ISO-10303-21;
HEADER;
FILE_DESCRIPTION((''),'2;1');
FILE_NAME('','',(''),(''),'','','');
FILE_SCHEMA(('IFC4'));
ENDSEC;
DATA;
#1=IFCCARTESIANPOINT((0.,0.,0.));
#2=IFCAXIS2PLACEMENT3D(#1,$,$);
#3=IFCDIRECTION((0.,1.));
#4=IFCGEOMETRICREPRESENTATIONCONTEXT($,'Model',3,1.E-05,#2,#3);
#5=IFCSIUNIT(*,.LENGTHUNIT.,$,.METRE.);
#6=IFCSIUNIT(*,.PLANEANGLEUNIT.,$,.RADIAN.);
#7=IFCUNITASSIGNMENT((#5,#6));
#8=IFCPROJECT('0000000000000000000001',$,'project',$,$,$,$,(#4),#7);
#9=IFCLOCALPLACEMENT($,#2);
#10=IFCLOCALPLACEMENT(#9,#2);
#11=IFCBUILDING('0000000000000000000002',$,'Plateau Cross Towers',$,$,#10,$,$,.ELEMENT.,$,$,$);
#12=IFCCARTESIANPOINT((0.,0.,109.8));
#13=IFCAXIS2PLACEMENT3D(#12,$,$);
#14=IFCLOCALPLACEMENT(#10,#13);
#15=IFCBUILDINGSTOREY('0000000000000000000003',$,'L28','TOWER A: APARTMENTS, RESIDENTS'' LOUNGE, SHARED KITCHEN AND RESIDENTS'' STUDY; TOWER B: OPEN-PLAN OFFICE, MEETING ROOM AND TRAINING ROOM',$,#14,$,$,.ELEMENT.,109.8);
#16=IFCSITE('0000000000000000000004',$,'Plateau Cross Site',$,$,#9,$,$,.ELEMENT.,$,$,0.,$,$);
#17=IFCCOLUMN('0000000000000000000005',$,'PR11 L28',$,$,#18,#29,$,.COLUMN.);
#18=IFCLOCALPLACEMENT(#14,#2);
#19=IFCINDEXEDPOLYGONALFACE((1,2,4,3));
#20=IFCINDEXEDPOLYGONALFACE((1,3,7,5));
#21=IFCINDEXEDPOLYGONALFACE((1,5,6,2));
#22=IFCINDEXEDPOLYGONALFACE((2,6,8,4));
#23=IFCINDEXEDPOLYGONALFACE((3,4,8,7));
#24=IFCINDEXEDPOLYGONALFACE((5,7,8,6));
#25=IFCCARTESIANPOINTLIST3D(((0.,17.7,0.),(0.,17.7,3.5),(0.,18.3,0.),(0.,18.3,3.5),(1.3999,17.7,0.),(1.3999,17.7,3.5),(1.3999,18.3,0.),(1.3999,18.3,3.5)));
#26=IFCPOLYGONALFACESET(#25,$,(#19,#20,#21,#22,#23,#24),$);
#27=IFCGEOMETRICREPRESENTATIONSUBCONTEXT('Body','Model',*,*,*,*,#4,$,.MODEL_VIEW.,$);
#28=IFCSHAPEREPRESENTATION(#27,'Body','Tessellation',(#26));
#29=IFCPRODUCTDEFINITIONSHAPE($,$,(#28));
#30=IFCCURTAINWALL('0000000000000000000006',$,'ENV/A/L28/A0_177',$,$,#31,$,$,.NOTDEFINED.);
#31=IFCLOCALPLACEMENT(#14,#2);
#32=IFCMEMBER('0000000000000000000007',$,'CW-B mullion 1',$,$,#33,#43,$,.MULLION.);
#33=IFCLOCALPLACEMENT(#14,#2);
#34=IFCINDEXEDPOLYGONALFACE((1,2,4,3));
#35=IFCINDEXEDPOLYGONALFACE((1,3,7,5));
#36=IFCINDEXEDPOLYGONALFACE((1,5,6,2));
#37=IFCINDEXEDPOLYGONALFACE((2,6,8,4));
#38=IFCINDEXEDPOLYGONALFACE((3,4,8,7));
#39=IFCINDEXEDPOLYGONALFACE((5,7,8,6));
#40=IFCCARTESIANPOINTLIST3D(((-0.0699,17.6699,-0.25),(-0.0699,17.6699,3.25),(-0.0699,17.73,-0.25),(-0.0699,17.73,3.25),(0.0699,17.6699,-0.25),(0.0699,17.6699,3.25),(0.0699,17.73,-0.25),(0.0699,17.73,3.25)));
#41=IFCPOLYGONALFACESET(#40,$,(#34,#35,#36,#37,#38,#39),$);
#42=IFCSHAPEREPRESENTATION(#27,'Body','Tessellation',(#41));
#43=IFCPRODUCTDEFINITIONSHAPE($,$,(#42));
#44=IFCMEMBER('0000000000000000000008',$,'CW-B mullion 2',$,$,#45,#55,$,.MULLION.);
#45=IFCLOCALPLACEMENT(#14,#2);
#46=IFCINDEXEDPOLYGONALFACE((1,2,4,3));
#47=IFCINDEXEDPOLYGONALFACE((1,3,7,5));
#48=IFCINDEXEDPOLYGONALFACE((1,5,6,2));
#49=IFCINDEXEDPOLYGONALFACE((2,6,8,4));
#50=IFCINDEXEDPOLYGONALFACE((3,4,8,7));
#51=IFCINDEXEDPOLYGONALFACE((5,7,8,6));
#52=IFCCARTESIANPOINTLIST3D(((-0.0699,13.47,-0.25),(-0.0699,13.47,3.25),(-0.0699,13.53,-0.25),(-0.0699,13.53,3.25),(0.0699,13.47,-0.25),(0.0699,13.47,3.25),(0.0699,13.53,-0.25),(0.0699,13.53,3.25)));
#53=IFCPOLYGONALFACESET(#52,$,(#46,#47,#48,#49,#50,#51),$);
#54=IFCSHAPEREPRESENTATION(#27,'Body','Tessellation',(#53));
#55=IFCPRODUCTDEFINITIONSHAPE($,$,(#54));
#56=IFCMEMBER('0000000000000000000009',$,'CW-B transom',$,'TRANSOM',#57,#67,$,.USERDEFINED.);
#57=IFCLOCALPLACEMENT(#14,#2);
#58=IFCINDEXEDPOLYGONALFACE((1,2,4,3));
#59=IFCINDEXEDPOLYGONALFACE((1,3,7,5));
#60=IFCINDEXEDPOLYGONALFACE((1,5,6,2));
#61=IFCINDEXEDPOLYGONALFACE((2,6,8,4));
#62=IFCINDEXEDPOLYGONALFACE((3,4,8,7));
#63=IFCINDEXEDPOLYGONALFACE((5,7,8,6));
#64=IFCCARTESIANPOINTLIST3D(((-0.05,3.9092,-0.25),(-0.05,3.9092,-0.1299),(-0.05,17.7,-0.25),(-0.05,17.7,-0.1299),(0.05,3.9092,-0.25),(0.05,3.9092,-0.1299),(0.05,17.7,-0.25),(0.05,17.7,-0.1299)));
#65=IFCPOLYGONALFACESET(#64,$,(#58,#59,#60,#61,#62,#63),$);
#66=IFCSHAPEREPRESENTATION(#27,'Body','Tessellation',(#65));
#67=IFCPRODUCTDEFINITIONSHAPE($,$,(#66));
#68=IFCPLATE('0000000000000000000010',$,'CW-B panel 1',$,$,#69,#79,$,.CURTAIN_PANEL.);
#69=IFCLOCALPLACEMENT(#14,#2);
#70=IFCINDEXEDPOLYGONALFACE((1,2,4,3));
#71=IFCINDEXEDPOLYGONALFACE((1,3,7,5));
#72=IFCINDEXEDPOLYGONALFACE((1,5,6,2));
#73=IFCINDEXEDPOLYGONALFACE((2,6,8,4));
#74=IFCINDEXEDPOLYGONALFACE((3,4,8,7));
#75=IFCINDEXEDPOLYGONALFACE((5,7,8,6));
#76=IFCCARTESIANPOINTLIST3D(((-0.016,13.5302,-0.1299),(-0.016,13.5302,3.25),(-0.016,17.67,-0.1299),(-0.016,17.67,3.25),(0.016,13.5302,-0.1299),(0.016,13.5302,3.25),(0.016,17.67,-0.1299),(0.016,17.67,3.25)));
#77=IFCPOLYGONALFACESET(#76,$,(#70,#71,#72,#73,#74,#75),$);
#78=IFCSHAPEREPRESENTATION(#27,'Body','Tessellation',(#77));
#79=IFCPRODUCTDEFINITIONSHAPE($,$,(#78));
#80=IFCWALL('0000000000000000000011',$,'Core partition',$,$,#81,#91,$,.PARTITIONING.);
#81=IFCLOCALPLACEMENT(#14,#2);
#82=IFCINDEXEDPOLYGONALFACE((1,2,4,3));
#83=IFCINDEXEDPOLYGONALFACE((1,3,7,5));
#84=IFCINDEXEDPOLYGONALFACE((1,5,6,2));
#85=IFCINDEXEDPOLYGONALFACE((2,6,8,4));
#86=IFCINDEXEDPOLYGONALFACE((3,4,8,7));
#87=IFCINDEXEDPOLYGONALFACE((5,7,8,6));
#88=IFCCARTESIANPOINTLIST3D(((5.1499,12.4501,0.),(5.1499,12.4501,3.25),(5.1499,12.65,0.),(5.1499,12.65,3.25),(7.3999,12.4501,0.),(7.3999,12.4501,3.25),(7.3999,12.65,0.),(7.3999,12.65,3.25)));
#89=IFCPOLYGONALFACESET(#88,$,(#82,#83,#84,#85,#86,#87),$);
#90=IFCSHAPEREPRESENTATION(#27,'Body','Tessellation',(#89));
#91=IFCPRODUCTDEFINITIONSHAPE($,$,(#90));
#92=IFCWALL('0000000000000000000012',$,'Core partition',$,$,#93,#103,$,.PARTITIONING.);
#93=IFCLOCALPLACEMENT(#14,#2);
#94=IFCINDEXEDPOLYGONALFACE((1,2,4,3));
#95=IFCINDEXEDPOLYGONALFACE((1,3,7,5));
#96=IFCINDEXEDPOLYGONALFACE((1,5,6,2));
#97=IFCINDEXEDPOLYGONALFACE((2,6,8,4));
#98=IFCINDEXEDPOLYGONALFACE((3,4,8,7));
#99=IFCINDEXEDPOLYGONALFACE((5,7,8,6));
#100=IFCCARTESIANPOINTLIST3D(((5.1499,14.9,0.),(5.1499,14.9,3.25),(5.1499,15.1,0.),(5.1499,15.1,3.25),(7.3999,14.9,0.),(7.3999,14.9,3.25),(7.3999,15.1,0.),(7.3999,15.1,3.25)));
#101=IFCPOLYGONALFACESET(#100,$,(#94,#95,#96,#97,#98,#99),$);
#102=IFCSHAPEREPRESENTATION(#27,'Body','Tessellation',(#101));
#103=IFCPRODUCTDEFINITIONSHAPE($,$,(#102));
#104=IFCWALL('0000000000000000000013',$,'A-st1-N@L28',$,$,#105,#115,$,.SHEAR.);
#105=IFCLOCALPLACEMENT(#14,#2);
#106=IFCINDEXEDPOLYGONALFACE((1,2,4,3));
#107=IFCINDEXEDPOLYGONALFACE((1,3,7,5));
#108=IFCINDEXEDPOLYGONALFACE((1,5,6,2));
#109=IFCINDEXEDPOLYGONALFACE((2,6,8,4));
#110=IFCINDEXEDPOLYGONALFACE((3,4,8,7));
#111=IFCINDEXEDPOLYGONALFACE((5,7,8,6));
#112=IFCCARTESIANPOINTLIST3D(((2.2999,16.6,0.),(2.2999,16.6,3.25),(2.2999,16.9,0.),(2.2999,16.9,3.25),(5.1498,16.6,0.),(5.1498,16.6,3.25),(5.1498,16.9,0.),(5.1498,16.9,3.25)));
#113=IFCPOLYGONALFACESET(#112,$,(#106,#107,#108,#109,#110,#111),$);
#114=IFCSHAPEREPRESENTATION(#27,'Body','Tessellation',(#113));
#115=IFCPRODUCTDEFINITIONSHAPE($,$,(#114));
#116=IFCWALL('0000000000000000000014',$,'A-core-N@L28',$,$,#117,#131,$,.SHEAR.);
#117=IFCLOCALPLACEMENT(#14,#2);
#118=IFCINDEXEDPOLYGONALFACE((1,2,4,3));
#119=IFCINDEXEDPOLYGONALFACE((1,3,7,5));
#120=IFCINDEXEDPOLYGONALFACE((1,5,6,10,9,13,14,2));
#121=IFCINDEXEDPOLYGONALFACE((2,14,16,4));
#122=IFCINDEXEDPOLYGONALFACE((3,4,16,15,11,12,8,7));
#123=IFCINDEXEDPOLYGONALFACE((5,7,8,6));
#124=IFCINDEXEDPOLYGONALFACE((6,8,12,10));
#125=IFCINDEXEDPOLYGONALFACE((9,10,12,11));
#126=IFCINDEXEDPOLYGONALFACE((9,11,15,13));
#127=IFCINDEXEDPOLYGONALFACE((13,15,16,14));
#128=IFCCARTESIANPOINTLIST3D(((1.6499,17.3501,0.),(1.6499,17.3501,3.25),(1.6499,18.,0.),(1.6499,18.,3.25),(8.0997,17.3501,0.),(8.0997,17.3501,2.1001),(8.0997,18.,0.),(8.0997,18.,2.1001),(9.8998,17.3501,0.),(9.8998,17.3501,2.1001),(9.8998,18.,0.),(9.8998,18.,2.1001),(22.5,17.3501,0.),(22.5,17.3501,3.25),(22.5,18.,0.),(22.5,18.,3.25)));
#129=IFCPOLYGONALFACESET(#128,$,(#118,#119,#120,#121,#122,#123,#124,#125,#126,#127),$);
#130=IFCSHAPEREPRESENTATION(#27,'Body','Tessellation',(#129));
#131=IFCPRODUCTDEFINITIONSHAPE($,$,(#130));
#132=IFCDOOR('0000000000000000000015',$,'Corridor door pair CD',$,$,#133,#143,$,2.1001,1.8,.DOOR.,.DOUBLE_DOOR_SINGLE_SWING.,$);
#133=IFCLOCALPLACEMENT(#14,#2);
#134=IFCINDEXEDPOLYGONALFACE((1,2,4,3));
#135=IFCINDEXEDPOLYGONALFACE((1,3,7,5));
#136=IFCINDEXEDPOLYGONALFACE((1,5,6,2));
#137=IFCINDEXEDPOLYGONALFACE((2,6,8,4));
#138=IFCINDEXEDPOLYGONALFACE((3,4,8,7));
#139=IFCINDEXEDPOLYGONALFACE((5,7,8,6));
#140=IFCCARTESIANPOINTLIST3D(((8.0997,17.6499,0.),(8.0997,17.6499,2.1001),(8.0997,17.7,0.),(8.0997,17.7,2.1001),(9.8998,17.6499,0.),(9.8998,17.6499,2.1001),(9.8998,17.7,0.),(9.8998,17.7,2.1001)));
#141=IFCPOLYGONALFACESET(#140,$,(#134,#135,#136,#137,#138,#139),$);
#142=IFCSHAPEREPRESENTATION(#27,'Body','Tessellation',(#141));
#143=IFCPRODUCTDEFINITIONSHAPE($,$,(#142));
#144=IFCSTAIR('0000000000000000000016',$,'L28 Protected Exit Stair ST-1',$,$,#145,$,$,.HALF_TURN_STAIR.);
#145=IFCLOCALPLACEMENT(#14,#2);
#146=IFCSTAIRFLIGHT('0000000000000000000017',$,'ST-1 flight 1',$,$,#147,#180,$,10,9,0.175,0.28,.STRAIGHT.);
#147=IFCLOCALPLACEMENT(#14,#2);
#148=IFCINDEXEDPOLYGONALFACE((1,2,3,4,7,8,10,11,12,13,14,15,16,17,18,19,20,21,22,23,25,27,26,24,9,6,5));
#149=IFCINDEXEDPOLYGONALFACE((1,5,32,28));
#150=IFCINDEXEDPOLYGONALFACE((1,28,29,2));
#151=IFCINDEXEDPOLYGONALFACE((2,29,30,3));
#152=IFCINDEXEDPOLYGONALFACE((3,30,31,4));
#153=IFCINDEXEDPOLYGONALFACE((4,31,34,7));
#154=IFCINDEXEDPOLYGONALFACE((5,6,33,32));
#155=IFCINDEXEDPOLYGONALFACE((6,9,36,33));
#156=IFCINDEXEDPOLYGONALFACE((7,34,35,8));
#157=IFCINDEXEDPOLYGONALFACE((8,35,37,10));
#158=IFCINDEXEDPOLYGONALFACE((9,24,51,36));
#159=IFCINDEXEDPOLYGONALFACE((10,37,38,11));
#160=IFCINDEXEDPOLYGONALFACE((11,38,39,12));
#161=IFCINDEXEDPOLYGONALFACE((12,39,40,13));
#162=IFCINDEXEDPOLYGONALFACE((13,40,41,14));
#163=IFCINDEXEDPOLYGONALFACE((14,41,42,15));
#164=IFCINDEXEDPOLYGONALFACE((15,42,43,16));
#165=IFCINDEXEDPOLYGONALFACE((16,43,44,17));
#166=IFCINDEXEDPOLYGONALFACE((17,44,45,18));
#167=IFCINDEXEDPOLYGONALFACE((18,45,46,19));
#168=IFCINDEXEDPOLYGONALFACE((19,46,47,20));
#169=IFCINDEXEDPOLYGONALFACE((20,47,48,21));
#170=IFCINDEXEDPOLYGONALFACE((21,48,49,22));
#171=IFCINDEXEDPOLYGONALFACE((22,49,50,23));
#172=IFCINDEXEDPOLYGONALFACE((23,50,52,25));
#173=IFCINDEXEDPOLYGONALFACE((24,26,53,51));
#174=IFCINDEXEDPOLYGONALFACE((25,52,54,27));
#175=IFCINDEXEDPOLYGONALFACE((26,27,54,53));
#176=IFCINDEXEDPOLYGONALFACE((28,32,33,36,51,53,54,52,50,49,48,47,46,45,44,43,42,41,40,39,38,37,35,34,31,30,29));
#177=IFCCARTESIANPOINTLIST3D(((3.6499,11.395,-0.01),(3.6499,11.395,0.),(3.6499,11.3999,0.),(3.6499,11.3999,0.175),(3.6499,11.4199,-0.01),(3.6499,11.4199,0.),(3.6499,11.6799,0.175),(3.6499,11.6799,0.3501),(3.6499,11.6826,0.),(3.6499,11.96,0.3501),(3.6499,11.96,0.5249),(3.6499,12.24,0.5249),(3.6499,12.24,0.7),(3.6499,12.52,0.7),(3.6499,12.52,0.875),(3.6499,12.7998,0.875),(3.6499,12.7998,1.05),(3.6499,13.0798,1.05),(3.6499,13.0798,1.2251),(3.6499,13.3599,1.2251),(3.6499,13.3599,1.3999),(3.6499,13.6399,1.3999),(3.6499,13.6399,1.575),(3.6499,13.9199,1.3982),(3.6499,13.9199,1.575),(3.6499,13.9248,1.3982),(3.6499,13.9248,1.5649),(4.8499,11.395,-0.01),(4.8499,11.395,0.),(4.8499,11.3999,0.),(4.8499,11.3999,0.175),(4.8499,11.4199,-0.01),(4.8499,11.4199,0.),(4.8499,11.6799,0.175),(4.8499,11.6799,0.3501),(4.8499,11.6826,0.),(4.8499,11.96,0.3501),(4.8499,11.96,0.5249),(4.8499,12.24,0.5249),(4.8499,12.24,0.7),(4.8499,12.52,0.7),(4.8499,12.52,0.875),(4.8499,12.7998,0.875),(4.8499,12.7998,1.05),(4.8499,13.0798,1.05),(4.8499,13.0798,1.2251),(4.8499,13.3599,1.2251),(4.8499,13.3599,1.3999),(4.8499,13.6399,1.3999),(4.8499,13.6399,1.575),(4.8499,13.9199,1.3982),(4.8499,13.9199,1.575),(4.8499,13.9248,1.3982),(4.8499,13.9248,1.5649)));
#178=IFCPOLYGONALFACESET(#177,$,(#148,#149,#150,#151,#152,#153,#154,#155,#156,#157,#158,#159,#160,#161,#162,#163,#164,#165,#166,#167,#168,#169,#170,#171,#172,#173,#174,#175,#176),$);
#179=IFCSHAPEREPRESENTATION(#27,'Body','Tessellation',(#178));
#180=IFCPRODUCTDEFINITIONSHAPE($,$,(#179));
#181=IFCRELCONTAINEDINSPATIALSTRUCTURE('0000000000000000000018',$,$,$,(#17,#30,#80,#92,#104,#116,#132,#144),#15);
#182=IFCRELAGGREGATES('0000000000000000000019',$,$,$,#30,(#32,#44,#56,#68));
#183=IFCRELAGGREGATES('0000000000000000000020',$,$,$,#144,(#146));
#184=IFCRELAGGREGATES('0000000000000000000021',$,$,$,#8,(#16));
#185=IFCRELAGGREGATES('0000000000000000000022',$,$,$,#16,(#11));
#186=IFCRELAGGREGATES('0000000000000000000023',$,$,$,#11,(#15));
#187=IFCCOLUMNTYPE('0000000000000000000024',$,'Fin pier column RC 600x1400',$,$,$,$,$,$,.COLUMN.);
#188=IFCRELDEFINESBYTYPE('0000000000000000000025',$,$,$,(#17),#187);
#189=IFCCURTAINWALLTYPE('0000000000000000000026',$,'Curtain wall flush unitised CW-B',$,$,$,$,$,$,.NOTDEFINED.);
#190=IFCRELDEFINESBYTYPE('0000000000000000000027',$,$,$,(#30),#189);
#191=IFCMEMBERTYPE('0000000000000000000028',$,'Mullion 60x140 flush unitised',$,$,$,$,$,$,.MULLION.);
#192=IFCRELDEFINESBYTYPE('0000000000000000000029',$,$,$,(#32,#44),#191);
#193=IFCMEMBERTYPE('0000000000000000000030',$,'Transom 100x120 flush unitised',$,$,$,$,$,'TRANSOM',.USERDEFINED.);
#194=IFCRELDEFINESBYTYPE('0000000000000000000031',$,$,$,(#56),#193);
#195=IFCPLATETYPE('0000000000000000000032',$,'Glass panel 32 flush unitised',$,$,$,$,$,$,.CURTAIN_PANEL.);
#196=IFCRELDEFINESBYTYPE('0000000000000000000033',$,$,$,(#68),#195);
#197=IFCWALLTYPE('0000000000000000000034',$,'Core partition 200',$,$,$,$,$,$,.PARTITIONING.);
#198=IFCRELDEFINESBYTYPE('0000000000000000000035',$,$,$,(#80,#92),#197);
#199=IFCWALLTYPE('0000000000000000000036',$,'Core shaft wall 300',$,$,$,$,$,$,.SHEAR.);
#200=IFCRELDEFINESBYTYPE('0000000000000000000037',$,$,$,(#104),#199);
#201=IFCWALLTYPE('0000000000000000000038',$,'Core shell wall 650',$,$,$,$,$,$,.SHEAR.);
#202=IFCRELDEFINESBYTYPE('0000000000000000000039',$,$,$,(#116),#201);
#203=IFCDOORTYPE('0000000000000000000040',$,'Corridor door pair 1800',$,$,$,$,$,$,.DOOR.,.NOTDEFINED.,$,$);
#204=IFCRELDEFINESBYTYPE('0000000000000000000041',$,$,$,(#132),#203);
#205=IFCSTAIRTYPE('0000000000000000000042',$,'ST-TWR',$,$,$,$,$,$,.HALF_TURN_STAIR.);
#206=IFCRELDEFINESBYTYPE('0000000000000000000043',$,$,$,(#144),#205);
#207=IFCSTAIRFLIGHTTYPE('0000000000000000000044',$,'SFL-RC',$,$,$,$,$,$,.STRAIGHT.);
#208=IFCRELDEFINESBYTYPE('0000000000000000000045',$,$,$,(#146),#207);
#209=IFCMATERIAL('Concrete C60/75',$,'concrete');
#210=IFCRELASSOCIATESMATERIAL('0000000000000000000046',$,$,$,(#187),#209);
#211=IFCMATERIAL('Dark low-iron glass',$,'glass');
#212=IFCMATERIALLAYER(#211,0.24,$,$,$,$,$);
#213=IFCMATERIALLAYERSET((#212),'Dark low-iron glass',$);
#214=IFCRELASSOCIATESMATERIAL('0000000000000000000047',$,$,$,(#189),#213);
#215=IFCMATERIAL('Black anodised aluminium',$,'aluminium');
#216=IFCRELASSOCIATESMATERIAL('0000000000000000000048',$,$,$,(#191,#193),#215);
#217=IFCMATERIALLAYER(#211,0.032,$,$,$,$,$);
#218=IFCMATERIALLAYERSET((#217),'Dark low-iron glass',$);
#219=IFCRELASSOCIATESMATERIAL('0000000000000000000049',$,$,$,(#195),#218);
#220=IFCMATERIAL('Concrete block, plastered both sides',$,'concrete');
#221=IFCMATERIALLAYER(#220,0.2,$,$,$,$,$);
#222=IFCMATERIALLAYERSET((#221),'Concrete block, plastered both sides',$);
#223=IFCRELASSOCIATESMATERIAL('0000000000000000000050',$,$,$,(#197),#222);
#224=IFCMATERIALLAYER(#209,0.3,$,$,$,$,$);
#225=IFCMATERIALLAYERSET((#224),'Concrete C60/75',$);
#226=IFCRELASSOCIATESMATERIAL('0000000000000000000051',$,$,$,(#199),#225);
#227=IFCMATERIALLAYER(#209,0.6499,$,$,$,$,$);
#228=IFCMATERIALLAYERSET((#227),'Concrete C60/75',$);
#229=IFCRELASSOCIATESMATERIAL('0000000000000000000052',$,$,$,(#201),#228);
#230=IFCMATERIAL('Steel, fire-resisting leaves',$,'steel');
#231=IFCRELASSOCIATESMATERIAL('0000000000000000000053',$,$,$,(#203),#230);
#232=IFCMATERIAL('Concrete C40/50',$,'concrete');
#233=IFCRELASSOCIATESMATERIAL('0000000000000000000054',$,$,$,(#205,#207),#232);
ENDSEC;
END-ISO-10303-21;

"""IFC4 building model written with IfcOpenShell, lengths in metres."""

from ifc_helpers import new_model, si_unit, direction, frame, frame_2d, origin, origin_2d, place, context, subcontext, project, spatial, polyline, rectangle, outline, extrude, material, layer, layer_set, material_profile, profile_set, type_object, element, fill, aggregate, save


model = new_model("IFC4")

# Units and contexts
model_context = context("Model", 3, precision=1e-05, world=origin(), true_north=direction((0.0, 1.0)))
body_context = subcontext(model_context, "Body", "Model", "MODEL_VIEW")
ifc_project = project(units=[si_unit("LENGTHUNIT", "METRE"), si_unit("PLANEANGLEUNIT", "RADIAN")], contexts=[model_context])

# Site, building, storey
site_placement = place(None, origin())
site = spatial("IfcSite", under=ifc_project, at=site_placement, Name="Plateau Cross Site", CompositionType="ELEMENT", RefElevation=0.0)
building_placement = place(site_placement, origin())
building = spatial("IfcBuilding", under=site, at=building_placement, Name="Plateau Cross Towers", CompositionType="ELEMENT")
storey_placement = place(building_placement, frame((0.0, 0.0, 109.8)))
storey = spatial("IfcBuildingStorey", under=building, at=storey_placement, Name="L28", Description="TOWER A: APARTMENTS, RESIDENTS' LOUNGE, SHARED KITCHEN AND RESIDENTS' STUDY; TOWER B: OPEN-PLAN OFFICE, MEETING ROOM AND TRAINING ROOM", CompositionType="ELEMENT", Elevation=109.8)

# Column
ifc_material_1 = material(Name="Concrete C60/75", Category="concrete")
ifc_material_profile_1 = material_profile(ifc_material_1, rectangle(XDim=0.6001, YDim=1.3999, at=origin_2d()), Name="RC 600x1400")
ifc_profile_set_1 = profile_set([ifc_material_profile_1], Name="Concrete C60/75")
column_type = type_object("IfcColumnType", Name="Fin pier column RC 600x1400", PredefinedType="COLUMN", material=ifc_profile_set_1)
column_placement = place(storey_placement, frame((0.7, 18.0, 0.0), z_axis=(0.0, 0.0, 1.0), x_axis=(0.0, 1.0, 0.0)))
element("IfcColumn", 1, at=column_placement, inside=storey, type_object=column_type, Name="PR11 L28", PredefinedType="COLUMN", context=body_context, shape_type="SweptSolid", body=[
    extrude(rectangle(XDim=0.6001, YDim=1.3999, at=origin_2d()), origin(), (0.0, 0.0, 1.0), 3.5),
])

# Curtain wall, members, plate
ifc_material_2 = material(Name="Dark low-iron glass", Category="glass")
ifc_layer_1 = layer(ifc_material_2, 0.24)
ifc_layer_set_1 = layer_set([ifc_layer_1], Name="Dark low-iron glass")
curtain_wall_type = type_object("IfcCurtainWallType", Name="Curtain wall flush unitised CW-B", PredefinedType="NOTDEFINED", material=ifc_layer_set_1)
curtain_wall_placement = place(storey_placement, origin())
curtain_wall = element("IfcCurtainWall", 2, at=curtain_wall_placement, inside=storey, type_object=curtain_wall_type, Name="ENV/A/L28/A0_177", PredefinedType="NOTDEFINED")
ifc_material_3 = material(Name="Black anodised aluminium", Category="aluminium")
ifc_material_profile_2 = material_profile(ifc_material_3, rectangle(XDim=0.0601, YDim=0.1399, at=origin_2d()), Name="MULLION 60x140")
ifc_profile_set_2 = profile_set([ifc_material_profile_2], Name="Black anodised aluminium")
member_type_1 = type_object("IfcMemberType", Name="Mullion 60x140 flush unitised", PredefinedType="MULLION", material=ifc_profile_set_2)
member_1_placement = place(storey_placement, frame((0.0, 17.7, -0.25), z_axis=(0.0, 0.0, 1.0), x_axis=(0.0, -1.0, 0.0)))
member_1 = element("IfcMember", 3, at=member_1_placement, type_object=member_type_1, Name="CW-B mullion 1", PredefinedType="MULLION", context=body_context, shape_type="SweptSolid", body=[
    extrude(rectangle(XDim=0.0601, YDim=0.1399, at=origin_2d()), origin(), (0.0, 0.0, 1.0), 3.5),
])
member_2_placement = place(storey_placement, frame((0.0, 13.5, -0.25), z_axis=(0.0, 0.0, 1.0), x_axis=(0.0, -1.0, 0.0)))
member_2 = element("IfcMember", 4, at=member_2_placement, type_object=member_type_1, Name="CW-B mullion 2", PredefinedType="MULLION", context=body_context, shape_type="SweptSolid", body=[
    extrude(rectangle(XDim=0.0601, YDim=0.1399, at=origin_2d()), origin(), (0.0, 0.0, 1.0), 3.5),
])
ifc_material_profile_3 = material_profile(ifc_material_3, rectangle(XDim=0.1001, YDim=0.1201, at=origin_2d()), Name="TRANSOM 100x120")
ifc_profile_set_3 = profile_set([ifc_material_profile_3], Name="Black anodised aluminium")
member_type_2 = type_object("IfcMemberType", Name="Transom 100x120 flush unitised", ElementType="TRANSOM", PredefinedType="USERDEFINED", material=ifc_profile_set_3)
member_3_placement = place(storey_placement, frame((0.0, 17.7, -0.1899), z_axis=(0.0, -1.0, 0.0), x_axis=(1.0, 0.0, 0.0)))
member_3 = element("IfcMember", 5, at=member_3_placement, type_object=member_type_2, Name="CW-B transom", ObjectType="TRANSOM", PredefinedType="USERDEFINED", context=body_context, shape_type="SweptSolid", body=[
    extrude(rectangle(XDim=0.1001, YDim=0.1201, at=origin_2d()), origin(), (0.0, 0.0, 1.0), 13.7908),
])
ifc_layer_2 = layer(ifc_material_2, 0.032)
ifc_layer_set_2 = layer_set([ifc_layer_2], Name="Dark low-iron glass")
plate_type = type_object("IfcPlateType", Name="Glass panel 32 flush unitised", PredefinedType="CURTAIN_PANEL", material=ifc_layer_set_2)
plate_placement = place(storey_placement, frame((0.0, 15.6001, -0.1299), z_axis=(0.0, 0.0, 1.0), x_axis=(0.0, -1.0, 0.0)))
plate = element("IfcPlate", 6, at=plate_placement, type_object=plate_type, Name="CW-B panel 1", PredefinedType="CURTAIN_PANEL", context=body_context, shape_type="SweptSolid", body=[
    extrude(rectangle(XDim=4.1399, YDim=0.032, at=origin_2d()), origin(), (0.0, 0.0, 1.0), 3.3799),
])
aggregate(curtain_wall, [member_1, member_2, member_3, plate])

# Walls
ifc_material_4 = material(Name="Concrete block, plastered both sides", Category="concrete")
ifc_layer_3 = layer(ifc_material_4, 0.2)
ifc_layer_set_3 = layer_set([ifc_layer_3], Name="Concrete block, plastered both sides")
wall_type_1 = type_object("IfcWallType", Name="Core partition 200", PredefinedType="PARTITIONING", material=ifc_layer_set_3)
for number, where, z_axis, x_axis, name in (
    (7, (5.1499, 12.55, 0.0), (0.0, 0.0, 1.0), (1.0, 0.0, 0.0), "Core partition"),
    (8, (5.1499, 15.0, 0.0), (0.0, 0.0, 1.0), (1.0, 0.0, 0.0), "Core partition"),
):
    element("IfcWall", number, at=place(storey_placement, frame(where, z_axis=z_axis, x_axis=x_axis)), inside=storey, type_object=wall_type_1, Name=name, PredefinedType="PARTITIONING", context=body_context, shape_type="SweptSolid", body=[
        extrude(rectangle(XDim=2.25, YDim=0.2, at=frame_2d((1.125, 0.0))), origin(), (0.0, 0.0, 1.0), 3.25),
    ])
ifc_layer_4 = layer(ifc_material_1, 0.3)
ifc_layer_set_4 = layer_set([ifc_layer_4], Name="Concrete C60/75")
wall_type_2 = type_object("IfcWallType", Name="Core shaft wall 300", PredefinedType="SHEAR", material=ifc_layer_set_4)
wall_1_placement = place(storey_placement, frame((2.3, 16.75, 0.0), z_axis=(0.0, 0.0, 1.0), x_axis=(1.0, 0.0, 0.0)))
element("IfcWall", 9, at=wall_1_placement, inside=storey, type_object=wall_type_2, Name="A-st1-N@L28", PredefinedType="SHEAR", context=body_context, shape_type="SweptSolid", body=[
    extrude(rectangle(XDim=2.8499, YDim=0.3, at=frame_2d((1.4248, 0.0))), origin(), (0.0, 0.0, 1.0), 3.25),
])

# Wall, opening, door
ifc_layer_5 = layer(ifc_material_1, 0.6499)
ifc_layer_set_5 = layer_set([ifc_layer_5], Name="Concrete C60/75")
wall_type_3 = type_object("IfcWallType", Name="Core shell wall 650", PredefinedType="SHEAR", material=ifc_layer_set_5)
wall_2_placement = place(storey_placement, frame((1.6499, 17.675, 0.0), z_axis=(0.0, 0.0, 1.0), x_axis=(1.0, 0.0, 0.0)))
wall_2 = element("IfcWall", 10, at=wall_2_placement, inside=storey, type_object=wall_type_3, Name="A-core-N@L28", PredefinedType="SHEAR", context=body_context, shape_type="SweptSolid", body=[
    extrude(rectangle(XDim=20.8501, YDim=0.6499, at=frame_2d((10.425, 0.0))), origin(), (0.0, 0.0, 1.0), 3.25),
])
opening_placement = place(wall_2_placement, frame((6.45, 0.0, 0.0)))
opening = element("IfcOpeningElement", 11, at=opening_placement, cuts=wall_2, PredefinedType="OPENING", context=body_context, shape_type="SweptSolid", body=[
    extrude(rectangle(XDim=1.8, YDim=2.1001, at=frame_2d((0.8999, 1.05))), frame((0.0, 0.335, 0.0), z_axis=(0.0, -1.0, 0.0), x_axis=(1.0, 0.0, 0.0)), (0.0, 0.0, 1.0), 0.6699),
])
ifc_material_5 = material(Name="Steel, fire-resisting leaves", Category="steel")
door_type = type_object("IfcDoorType", Name="Corridor door pair 1800", OperationType="NOTDEFINED", PredefinedType="DOOR", material=ifc_material_5)
door_placement = place(opening_placement, origin())
door = element("IfcDoor", 12, at=door_placement, inside=storey, type_object=door_type, Name="Corridor door pair CD", OperationType="DOUBLE_DOOR_SINGLE_SWING", OverallHeight=2.1001, OverallWidth=1.8, PredefinedType="DOOR", context=body_context, shape_type="SweptSolid", body=[
    extrude(rectangle(XDim=1.8, YDim=2.1001, at=frame_2d((0.8999, 1.05))), frame((0.0, 0.0249, 0.0), z_axis=(0.0, -1.0, 0.0), x_axis=(1.0, 0.0, 0.0)), (0.0, 0.0, 1.0), 0.05),
])
fill(opening, door)

# Stair, stair flight
ifc_material_6 = material(Name="Concrete C40/50", Category="concrete")
stair_type = type_object("IfcStairType", Name="ST-TWR", PredefinedType="HALF_TURN_STAIR", material=ifc_material_6)
stair_placement = place(storey_placement, origin())
stair = element("IfcStair", 13, at=stair_placement, inside=storey, type_object=stair_type, Name="L28 Protected Exit Stair ST-1", PredefinedType="HALF_TURN_STAIR")
stair_flight_type = type_object("IfcStairFlightType", Name="SFL-RC", PredefinedType="STRAIGHT", material=ifc_material_6)
stair_flight_1_placement = place(storey_placement, frame((4.25, 11.3999, 0.0), z_axis=(0.0, 0.0, 1.0), x_axis=(0.0, 1.0, 0.0)))
stair_flight_1 = element("IfcStairFlight", 14, at=stair_flight_1_placement, type_object=stair_flight_type, Name="ST-1 flight 1", NumberOfRisers=10, NumberOfTreads=9, PredefinedType="STRAIGHT", RiserHeight=0.175, TreadLength=0.28, context=body_context, shape_type="SweptSolid", body=[
    extrude(outline(polyline([(-0.0049, -0.01), (-0.0049, 0.0), (0.0, 0.0), (0.0, 0.175), (0.28, 0.175), (0.28, 0.3501), (0.5601, 0.3501), (0.5601, 0.5249), (0.8401, 0.5249), (0.8401, 0.7), (1.1201, 0.7), (1.1201, 0.875), (1.3999, 0.875), (1.3999, 1.05), (1.6799, 1.05), (1.6799, 1.2251), (1.96, 1.2251), (1.96, 1.3999), (2.24, 1.3999), (2.24, 1.575), (2.52, 1.575), (2.5249, 1.5649), (2.5249, 1.3982), (2.52, 1.3982), (0.2827, 0.0), (0.02, 0.0), (0.02, -0.01), (-0.0049, -0.01)])), frame((0.0, 0.6001, 0.0), z_axis=(0.0, -1.0, 0.0), x_axis=(1.0, 0.0, 0.0)), (0.0, 0.0, 1.0), 1.2),
])
aggregate(stair, [stair_flight_1])

save(model, "model.ifc")
